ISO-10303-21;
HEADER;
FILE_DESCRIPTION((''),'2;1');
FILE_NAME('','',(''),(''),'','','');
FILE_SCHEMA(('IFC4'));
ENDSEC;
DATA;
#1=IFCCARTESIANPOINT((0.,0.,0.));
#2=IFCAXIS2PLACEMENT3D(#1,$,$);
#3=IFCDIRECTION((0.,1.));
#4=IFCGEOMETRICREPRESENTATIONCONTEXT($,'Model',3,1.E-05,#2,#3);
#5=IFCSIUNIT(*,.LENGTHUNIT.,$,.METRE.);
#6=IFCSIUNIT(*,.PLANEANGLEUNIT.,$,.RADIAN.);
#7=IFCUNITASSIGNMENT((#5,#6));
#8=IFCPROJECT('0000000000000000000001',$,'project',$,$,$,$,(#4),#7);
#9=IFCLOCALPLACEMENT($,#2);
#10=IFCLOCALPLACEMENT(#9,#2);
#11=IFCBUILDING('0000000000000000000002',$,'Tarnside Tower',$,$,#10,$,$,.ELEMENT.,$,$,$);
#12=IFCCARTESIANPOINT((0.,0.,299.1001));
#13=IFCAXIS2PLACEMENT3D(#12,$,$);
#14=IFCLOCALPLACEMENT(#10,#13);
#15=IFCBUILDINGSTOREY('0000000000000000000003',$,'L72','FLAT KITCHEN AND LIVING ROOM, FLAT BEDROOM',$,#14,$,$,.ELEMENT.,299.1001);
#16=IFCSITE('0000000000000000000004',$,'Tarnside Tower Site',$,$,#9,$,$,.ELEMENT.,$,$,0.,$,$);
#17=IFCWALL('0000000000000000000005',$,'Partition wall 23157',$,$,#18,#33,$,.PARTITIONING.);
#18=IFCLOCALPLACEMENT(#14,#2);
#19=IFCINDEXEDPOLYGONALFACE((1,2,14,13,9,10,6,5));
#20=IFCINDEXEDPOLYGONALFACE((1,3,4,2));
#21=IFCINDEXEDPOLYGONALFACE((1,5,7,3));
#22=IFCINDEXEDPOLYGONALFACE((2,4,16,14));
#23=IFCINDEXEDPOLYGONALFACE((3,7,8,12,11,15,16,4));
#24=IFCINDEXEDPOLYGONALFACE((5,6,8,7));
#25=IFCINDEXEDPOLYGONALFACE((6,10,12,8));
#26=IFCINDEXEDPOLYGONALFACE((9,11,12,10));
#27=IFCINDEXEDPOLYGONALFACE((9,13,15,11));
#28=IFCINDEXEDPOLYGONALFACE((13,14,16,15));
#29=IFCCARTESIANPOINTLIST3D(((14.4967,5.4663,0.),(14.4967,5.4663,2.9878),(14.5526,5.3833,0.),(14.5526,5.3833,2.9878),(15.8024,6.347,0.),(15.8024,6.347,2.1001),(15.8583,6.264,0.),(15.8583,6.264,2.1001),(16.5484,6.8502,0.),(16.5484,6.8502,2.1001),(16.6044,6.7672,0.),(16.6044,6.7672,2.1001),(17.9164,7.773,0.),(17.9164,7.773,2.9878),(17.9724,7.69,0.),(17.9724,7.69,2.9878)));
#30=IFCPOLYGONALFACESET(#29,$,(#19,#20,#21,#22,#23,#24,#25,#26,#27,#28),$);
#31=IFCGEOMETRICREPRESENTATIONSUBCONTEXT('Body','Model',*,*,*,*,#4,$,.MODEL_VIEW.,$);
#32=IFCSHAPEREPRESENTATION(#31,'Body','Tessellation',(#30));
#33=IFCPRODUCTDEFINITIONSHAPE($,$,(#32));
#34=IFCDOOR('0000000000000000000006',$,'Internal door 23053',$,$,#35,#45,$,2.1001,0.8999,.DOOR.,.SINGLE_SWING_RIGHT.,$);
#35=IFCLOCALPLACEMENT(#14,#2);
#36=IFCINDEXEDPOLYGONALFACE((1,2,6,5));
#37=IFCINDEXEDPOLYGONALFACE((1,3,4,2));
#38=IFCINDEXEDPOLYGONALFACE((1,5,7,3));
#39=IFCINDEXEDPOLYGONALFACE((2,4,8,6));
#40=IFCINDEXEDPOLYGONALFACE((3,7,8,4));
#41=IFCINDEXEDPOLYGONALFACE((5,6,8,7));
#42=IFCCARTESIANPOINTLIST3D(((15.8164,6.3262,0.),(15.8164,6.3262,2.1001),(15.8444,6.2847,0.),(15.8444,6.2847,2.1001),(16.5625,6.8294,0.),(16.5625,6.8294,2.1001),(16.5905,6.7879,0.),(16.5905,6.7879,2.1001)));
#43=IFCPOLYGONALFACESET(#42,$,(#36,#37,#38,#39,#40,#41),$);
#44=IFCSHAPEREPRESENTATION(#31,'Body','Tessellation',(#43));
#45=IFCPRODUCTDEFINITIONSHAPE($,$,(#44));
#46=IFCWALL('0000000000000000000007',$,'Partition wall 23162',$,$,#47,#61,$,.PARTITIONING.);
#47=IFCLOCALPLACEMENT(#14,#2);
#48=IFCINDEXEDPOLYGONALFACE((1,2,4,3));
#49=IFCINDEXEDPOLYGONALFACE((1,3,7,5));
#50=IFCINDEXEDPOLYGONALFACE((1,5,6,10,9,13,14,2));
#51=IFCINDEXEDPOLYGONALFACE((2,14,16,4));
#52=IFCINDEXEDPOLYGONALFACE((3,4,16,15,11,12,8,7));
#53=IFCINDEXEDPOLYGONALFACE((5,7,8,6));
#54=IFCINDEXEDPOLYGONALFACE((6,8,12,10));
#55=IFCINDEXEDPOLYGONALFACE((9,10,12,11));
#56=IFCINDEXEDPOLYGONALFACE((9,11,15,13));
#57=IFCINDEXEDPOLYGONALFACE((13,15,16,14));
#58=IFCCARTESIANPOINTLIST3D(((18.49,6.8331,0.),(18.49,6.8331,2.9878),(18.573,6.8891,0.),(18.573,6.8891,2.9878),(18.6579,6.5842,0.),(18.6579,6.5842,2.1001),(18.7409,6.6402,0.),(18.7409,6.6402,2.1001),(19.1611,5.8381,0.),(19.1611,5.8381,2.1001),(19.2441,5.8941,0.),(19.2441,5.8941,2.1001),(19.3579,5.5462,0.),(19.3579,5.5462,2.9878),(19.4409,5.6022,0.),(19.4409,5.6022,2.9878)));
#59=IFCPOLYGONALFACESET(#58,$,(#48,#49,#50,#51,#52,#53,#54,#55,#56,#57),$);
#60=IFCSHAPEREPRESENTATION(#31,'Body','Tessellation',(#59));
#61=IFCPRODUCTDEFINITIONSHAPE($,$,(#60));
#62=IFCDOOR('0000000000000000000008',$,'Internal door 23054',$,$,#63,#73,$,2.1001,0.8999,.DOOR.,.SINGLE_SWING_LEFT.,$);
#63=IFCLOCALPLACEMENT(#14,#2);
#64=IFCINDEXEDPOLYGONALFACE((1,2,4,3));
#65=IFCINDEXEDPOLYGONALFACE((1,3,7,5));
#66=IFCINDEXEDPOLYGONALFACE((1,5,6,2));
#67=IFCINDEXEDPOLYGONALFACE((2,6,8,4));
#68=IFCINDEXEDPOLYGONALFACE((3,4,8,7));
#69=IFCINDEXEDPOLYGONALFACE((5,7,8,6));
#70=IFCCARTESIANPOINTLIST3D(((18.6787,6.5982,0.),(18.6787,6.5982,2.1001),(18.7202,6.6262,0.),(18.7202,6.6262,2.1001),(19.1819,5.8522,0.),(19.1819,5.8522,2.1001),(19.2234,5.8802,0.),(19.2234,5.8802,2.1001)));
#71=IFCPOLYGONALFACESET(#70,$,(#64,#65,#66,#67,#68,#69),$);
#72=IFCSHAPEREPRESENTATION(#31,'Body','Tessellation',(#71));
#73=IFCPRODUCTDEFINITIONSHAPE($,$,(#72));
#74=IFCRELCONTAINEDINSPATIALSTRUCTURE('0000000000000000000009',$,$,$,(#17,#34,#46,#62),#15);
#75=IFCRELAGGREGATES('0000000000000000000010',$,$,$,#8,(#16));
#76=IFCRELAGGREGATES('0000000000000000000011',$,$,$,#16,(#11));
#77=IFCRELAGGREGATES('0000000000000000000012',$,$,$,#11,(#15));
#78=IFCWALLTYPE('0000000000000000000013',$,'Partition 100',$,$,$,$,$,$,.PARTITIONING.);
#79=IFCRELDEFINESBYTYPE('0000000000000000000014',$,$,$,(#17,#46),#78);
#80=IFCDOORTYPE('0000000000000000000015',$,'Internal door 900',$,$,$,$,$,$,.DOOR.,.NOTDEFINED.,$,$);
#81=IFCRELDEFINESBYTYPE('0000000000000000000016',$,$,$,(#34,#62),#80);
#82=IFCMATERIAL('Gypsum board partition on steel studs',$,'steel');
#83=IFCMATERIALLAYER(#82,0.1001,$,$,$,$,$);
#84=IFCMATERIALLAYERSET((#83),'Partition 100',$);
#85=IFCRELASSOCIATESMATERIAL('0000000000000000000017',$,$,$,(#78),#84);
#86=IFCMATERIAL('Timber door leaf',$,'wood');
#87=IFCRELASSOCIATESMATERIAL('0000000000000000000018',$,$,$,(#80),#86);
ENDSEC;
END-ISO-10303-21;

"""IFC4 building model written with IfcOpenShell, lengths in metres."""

from ifc_helpers import new_model, si_unit, direction, frame, frame_2d, origin, place, context, subcontext, project, spatial, rectangle, extrude, material, layer, layer_set, type_object, element, fill, save


model = new_model("IFC4")

# Units and contexts
model_context = context("Model", 3, precision=1e-05, world=origin(), true_north=direction((0.0, 1.0)))
body_context = subcontext(model_context, "Body", "Model", "MODEL_VIEW")
ifc_project = project(units=[si_unit("LENGTHUNIT", "METRE"), si_unit("PLANEANGLEUNIT", "RADIAN")], contexts=[model_context])

# Site, building, storey
site_placement = place(None, origin())
site = spatial("IfcSite", under=ifc_project, at=site_placement, Name="Tarnside Tower Site", CompositionType="ELEMENT", RefElevation=0.0)
building_placement = place(site_placement, origin())
building = spatial("IfcBuilding", under=site, at=building_placement, Name="Tarnside Tower", CompositionType="ELEMENT")
storey_placement = place(building_placement, frame((0.0, 0.0, 299.1001)))
storey = spatial("IfcBuildingStorey", under=building, at=storey_placement, Name="L72", Description="FLAT KITCHEN AND LIVING ROOM, FLAT BEDROOM", CompositionType="ELEMENT", Elevation=299.1001)

# Shared definitions
ifc_material_1 = material(Name="Gypsum board partition on steel studs", Category="steel")

# Shared definitions
ifc_material_2 = material(Name="Timber door leaf", Category="wood")

# Walls, openings, doors
ifc_layer_1 = layer(ifc_material_1, 0.1001)
ifc_layer_set_1 = layer_set([ifc_layer_1], Name="Partition 100")
wall_type_1 = type_object("IfcWallType", Name="Partition 100", PredefinedType="PARTITIONING", material=ifc_layer_set_1)
wall_1_placement = place(storey_placement, frame((14.5247, 5.4248, 0.0), z_axis=(0.0, 0.0, 1.0), x_axis=(0.829033, 0.559199, 0.0)))
wall_1 = element("IfcWall", 1, at=wall_1_placement, inside=storey, type_object=wall_type_1, Name="Partition wall 23157", PredefinedType="PARTITIONING", context=body_context, shape_type="SweptSolid", body=[
    extrude(rectangle(XDim=4.125, YDim=0.1001, at=frame_2d((2.0625, 0.0))), origin(), (0.0, 0.0, 1.0), 2.9878),
])
opening_1_placement = place(wall_1_placement, frame((1.575, 0.0, 0.0)))
opening_1 = element("IfcOpeningElement", 2, at=opening_1_placement, cuts=wall_1, PredefinedType="OPENING", context=body_context, shape_type="SweptSolid", body=[
    extrude(rectangle(XDim=0.8999, YDim=2.1001, at=frame_2d((0.45, 1.05))), frame((0.0, 0.0601, 0.0), z_axis=(0.0, -1.0, 0.0), x_axis=(1.0, 0.0, 0.0)), (0.0, 0.0, 1.0), 0.1201),
])
door_type_1 = type_object("IfcDoorType", Name="Internal door 900", OperationType="NOTDEFINED", PredefinedType="DOOR", material=ifc_material_2)
door_1_placement = place(opening_1_placement, origin())
door_1 = element("IfcDoor", 3, at=door_1_placement, inside=storey, type_object=door_type_1, Name="Internal door 23053", OperationType="SINGLE_SWING_RIGHT", OverallHeight=2.1001, OverallWidth=0.8999, PredefinedType="DOOR", context=body_context, shape_type="SweptSolid", body=[
    extrude(rectangle(XDim=0.8999, YDim=2.1001, at=frame_2d((0.45, 1.05))), frame((0.0, 0.0249, 0.0), z_axis=(0.0, -1.0, 0.0), x_axis=(1.0, 0.0, 0.0)), (0.0, 0.0, 1.0), 0.05),
])
fill(opening_1, door_1)
wall_2_placement = place(storey_placement, frame((19.3994, 5.5742, 0.0), z_axis=(0.0, 0.0, 1.0), x_axis=(-0.559157, 0.829062, 0.0)))
wall_2 = element("IfcWall", 4, at=wall_2_placement, inside=storey, type_object=wall_type_1, Name="Partition wall 23162", PredefinedType="PARTITIONING", context=body_context, shape_type="SweptSolid", body=[
    extrude(rectangle(XDim=1.5522, YDim=0.1001, at=frame_2d((0.7761, 0.0))), origin(), (0.0, 0.0, 1.0), 2.9878),
])
opening_2_placement = place(wall_2_placement, frame((0.3521, 0.0, 0.0)))
opening_2 = element("IfcOpeningElement", 5, at=opening_2_placement, cuts=wall_2, PredefinedType="OPENING", context=body_context, shape_type="SweptSolid", body=[
    extrude(rectangle(XDim=0.8999, YDim=2.1001, at=frame_2d((0.45, 1.05))), frame((0.0, 0.0601, 0.0), z_axis=(0.0, -1.0, 0.0), x_axis=(1.0, 0.0, 0.0)), (0.0, 0.0, 1.0), 0.1201),
])
door_2_placement = place(opening_2_placement, origin())
door_2 = element("IfcDoor", 6, at=door_2_placement, inside=storey, type_object=door_type_1, Name="Internal door 23054", OperationType="SINGLE_SWING_LEFT", OverallHeight=2.1001, OverallWidth=0.8999, PredefinedType="DOOR", context=body_context, shape_type="SweptSolid", body=[
    extrude(rectangle(XDim=0.8999, YDim=2.1001, at=frame_2d((0.45, 1.05))), frame((0.0, 0.0249, 0.0), z_axis=(0.0, -1.0, 0.0), x_axis=(1.0, 0.0, 0.0)), (0.0, 0.0, 1.0), 0.05),
])
fill(opening_2, door_2)

save(model, "model.ifc")
